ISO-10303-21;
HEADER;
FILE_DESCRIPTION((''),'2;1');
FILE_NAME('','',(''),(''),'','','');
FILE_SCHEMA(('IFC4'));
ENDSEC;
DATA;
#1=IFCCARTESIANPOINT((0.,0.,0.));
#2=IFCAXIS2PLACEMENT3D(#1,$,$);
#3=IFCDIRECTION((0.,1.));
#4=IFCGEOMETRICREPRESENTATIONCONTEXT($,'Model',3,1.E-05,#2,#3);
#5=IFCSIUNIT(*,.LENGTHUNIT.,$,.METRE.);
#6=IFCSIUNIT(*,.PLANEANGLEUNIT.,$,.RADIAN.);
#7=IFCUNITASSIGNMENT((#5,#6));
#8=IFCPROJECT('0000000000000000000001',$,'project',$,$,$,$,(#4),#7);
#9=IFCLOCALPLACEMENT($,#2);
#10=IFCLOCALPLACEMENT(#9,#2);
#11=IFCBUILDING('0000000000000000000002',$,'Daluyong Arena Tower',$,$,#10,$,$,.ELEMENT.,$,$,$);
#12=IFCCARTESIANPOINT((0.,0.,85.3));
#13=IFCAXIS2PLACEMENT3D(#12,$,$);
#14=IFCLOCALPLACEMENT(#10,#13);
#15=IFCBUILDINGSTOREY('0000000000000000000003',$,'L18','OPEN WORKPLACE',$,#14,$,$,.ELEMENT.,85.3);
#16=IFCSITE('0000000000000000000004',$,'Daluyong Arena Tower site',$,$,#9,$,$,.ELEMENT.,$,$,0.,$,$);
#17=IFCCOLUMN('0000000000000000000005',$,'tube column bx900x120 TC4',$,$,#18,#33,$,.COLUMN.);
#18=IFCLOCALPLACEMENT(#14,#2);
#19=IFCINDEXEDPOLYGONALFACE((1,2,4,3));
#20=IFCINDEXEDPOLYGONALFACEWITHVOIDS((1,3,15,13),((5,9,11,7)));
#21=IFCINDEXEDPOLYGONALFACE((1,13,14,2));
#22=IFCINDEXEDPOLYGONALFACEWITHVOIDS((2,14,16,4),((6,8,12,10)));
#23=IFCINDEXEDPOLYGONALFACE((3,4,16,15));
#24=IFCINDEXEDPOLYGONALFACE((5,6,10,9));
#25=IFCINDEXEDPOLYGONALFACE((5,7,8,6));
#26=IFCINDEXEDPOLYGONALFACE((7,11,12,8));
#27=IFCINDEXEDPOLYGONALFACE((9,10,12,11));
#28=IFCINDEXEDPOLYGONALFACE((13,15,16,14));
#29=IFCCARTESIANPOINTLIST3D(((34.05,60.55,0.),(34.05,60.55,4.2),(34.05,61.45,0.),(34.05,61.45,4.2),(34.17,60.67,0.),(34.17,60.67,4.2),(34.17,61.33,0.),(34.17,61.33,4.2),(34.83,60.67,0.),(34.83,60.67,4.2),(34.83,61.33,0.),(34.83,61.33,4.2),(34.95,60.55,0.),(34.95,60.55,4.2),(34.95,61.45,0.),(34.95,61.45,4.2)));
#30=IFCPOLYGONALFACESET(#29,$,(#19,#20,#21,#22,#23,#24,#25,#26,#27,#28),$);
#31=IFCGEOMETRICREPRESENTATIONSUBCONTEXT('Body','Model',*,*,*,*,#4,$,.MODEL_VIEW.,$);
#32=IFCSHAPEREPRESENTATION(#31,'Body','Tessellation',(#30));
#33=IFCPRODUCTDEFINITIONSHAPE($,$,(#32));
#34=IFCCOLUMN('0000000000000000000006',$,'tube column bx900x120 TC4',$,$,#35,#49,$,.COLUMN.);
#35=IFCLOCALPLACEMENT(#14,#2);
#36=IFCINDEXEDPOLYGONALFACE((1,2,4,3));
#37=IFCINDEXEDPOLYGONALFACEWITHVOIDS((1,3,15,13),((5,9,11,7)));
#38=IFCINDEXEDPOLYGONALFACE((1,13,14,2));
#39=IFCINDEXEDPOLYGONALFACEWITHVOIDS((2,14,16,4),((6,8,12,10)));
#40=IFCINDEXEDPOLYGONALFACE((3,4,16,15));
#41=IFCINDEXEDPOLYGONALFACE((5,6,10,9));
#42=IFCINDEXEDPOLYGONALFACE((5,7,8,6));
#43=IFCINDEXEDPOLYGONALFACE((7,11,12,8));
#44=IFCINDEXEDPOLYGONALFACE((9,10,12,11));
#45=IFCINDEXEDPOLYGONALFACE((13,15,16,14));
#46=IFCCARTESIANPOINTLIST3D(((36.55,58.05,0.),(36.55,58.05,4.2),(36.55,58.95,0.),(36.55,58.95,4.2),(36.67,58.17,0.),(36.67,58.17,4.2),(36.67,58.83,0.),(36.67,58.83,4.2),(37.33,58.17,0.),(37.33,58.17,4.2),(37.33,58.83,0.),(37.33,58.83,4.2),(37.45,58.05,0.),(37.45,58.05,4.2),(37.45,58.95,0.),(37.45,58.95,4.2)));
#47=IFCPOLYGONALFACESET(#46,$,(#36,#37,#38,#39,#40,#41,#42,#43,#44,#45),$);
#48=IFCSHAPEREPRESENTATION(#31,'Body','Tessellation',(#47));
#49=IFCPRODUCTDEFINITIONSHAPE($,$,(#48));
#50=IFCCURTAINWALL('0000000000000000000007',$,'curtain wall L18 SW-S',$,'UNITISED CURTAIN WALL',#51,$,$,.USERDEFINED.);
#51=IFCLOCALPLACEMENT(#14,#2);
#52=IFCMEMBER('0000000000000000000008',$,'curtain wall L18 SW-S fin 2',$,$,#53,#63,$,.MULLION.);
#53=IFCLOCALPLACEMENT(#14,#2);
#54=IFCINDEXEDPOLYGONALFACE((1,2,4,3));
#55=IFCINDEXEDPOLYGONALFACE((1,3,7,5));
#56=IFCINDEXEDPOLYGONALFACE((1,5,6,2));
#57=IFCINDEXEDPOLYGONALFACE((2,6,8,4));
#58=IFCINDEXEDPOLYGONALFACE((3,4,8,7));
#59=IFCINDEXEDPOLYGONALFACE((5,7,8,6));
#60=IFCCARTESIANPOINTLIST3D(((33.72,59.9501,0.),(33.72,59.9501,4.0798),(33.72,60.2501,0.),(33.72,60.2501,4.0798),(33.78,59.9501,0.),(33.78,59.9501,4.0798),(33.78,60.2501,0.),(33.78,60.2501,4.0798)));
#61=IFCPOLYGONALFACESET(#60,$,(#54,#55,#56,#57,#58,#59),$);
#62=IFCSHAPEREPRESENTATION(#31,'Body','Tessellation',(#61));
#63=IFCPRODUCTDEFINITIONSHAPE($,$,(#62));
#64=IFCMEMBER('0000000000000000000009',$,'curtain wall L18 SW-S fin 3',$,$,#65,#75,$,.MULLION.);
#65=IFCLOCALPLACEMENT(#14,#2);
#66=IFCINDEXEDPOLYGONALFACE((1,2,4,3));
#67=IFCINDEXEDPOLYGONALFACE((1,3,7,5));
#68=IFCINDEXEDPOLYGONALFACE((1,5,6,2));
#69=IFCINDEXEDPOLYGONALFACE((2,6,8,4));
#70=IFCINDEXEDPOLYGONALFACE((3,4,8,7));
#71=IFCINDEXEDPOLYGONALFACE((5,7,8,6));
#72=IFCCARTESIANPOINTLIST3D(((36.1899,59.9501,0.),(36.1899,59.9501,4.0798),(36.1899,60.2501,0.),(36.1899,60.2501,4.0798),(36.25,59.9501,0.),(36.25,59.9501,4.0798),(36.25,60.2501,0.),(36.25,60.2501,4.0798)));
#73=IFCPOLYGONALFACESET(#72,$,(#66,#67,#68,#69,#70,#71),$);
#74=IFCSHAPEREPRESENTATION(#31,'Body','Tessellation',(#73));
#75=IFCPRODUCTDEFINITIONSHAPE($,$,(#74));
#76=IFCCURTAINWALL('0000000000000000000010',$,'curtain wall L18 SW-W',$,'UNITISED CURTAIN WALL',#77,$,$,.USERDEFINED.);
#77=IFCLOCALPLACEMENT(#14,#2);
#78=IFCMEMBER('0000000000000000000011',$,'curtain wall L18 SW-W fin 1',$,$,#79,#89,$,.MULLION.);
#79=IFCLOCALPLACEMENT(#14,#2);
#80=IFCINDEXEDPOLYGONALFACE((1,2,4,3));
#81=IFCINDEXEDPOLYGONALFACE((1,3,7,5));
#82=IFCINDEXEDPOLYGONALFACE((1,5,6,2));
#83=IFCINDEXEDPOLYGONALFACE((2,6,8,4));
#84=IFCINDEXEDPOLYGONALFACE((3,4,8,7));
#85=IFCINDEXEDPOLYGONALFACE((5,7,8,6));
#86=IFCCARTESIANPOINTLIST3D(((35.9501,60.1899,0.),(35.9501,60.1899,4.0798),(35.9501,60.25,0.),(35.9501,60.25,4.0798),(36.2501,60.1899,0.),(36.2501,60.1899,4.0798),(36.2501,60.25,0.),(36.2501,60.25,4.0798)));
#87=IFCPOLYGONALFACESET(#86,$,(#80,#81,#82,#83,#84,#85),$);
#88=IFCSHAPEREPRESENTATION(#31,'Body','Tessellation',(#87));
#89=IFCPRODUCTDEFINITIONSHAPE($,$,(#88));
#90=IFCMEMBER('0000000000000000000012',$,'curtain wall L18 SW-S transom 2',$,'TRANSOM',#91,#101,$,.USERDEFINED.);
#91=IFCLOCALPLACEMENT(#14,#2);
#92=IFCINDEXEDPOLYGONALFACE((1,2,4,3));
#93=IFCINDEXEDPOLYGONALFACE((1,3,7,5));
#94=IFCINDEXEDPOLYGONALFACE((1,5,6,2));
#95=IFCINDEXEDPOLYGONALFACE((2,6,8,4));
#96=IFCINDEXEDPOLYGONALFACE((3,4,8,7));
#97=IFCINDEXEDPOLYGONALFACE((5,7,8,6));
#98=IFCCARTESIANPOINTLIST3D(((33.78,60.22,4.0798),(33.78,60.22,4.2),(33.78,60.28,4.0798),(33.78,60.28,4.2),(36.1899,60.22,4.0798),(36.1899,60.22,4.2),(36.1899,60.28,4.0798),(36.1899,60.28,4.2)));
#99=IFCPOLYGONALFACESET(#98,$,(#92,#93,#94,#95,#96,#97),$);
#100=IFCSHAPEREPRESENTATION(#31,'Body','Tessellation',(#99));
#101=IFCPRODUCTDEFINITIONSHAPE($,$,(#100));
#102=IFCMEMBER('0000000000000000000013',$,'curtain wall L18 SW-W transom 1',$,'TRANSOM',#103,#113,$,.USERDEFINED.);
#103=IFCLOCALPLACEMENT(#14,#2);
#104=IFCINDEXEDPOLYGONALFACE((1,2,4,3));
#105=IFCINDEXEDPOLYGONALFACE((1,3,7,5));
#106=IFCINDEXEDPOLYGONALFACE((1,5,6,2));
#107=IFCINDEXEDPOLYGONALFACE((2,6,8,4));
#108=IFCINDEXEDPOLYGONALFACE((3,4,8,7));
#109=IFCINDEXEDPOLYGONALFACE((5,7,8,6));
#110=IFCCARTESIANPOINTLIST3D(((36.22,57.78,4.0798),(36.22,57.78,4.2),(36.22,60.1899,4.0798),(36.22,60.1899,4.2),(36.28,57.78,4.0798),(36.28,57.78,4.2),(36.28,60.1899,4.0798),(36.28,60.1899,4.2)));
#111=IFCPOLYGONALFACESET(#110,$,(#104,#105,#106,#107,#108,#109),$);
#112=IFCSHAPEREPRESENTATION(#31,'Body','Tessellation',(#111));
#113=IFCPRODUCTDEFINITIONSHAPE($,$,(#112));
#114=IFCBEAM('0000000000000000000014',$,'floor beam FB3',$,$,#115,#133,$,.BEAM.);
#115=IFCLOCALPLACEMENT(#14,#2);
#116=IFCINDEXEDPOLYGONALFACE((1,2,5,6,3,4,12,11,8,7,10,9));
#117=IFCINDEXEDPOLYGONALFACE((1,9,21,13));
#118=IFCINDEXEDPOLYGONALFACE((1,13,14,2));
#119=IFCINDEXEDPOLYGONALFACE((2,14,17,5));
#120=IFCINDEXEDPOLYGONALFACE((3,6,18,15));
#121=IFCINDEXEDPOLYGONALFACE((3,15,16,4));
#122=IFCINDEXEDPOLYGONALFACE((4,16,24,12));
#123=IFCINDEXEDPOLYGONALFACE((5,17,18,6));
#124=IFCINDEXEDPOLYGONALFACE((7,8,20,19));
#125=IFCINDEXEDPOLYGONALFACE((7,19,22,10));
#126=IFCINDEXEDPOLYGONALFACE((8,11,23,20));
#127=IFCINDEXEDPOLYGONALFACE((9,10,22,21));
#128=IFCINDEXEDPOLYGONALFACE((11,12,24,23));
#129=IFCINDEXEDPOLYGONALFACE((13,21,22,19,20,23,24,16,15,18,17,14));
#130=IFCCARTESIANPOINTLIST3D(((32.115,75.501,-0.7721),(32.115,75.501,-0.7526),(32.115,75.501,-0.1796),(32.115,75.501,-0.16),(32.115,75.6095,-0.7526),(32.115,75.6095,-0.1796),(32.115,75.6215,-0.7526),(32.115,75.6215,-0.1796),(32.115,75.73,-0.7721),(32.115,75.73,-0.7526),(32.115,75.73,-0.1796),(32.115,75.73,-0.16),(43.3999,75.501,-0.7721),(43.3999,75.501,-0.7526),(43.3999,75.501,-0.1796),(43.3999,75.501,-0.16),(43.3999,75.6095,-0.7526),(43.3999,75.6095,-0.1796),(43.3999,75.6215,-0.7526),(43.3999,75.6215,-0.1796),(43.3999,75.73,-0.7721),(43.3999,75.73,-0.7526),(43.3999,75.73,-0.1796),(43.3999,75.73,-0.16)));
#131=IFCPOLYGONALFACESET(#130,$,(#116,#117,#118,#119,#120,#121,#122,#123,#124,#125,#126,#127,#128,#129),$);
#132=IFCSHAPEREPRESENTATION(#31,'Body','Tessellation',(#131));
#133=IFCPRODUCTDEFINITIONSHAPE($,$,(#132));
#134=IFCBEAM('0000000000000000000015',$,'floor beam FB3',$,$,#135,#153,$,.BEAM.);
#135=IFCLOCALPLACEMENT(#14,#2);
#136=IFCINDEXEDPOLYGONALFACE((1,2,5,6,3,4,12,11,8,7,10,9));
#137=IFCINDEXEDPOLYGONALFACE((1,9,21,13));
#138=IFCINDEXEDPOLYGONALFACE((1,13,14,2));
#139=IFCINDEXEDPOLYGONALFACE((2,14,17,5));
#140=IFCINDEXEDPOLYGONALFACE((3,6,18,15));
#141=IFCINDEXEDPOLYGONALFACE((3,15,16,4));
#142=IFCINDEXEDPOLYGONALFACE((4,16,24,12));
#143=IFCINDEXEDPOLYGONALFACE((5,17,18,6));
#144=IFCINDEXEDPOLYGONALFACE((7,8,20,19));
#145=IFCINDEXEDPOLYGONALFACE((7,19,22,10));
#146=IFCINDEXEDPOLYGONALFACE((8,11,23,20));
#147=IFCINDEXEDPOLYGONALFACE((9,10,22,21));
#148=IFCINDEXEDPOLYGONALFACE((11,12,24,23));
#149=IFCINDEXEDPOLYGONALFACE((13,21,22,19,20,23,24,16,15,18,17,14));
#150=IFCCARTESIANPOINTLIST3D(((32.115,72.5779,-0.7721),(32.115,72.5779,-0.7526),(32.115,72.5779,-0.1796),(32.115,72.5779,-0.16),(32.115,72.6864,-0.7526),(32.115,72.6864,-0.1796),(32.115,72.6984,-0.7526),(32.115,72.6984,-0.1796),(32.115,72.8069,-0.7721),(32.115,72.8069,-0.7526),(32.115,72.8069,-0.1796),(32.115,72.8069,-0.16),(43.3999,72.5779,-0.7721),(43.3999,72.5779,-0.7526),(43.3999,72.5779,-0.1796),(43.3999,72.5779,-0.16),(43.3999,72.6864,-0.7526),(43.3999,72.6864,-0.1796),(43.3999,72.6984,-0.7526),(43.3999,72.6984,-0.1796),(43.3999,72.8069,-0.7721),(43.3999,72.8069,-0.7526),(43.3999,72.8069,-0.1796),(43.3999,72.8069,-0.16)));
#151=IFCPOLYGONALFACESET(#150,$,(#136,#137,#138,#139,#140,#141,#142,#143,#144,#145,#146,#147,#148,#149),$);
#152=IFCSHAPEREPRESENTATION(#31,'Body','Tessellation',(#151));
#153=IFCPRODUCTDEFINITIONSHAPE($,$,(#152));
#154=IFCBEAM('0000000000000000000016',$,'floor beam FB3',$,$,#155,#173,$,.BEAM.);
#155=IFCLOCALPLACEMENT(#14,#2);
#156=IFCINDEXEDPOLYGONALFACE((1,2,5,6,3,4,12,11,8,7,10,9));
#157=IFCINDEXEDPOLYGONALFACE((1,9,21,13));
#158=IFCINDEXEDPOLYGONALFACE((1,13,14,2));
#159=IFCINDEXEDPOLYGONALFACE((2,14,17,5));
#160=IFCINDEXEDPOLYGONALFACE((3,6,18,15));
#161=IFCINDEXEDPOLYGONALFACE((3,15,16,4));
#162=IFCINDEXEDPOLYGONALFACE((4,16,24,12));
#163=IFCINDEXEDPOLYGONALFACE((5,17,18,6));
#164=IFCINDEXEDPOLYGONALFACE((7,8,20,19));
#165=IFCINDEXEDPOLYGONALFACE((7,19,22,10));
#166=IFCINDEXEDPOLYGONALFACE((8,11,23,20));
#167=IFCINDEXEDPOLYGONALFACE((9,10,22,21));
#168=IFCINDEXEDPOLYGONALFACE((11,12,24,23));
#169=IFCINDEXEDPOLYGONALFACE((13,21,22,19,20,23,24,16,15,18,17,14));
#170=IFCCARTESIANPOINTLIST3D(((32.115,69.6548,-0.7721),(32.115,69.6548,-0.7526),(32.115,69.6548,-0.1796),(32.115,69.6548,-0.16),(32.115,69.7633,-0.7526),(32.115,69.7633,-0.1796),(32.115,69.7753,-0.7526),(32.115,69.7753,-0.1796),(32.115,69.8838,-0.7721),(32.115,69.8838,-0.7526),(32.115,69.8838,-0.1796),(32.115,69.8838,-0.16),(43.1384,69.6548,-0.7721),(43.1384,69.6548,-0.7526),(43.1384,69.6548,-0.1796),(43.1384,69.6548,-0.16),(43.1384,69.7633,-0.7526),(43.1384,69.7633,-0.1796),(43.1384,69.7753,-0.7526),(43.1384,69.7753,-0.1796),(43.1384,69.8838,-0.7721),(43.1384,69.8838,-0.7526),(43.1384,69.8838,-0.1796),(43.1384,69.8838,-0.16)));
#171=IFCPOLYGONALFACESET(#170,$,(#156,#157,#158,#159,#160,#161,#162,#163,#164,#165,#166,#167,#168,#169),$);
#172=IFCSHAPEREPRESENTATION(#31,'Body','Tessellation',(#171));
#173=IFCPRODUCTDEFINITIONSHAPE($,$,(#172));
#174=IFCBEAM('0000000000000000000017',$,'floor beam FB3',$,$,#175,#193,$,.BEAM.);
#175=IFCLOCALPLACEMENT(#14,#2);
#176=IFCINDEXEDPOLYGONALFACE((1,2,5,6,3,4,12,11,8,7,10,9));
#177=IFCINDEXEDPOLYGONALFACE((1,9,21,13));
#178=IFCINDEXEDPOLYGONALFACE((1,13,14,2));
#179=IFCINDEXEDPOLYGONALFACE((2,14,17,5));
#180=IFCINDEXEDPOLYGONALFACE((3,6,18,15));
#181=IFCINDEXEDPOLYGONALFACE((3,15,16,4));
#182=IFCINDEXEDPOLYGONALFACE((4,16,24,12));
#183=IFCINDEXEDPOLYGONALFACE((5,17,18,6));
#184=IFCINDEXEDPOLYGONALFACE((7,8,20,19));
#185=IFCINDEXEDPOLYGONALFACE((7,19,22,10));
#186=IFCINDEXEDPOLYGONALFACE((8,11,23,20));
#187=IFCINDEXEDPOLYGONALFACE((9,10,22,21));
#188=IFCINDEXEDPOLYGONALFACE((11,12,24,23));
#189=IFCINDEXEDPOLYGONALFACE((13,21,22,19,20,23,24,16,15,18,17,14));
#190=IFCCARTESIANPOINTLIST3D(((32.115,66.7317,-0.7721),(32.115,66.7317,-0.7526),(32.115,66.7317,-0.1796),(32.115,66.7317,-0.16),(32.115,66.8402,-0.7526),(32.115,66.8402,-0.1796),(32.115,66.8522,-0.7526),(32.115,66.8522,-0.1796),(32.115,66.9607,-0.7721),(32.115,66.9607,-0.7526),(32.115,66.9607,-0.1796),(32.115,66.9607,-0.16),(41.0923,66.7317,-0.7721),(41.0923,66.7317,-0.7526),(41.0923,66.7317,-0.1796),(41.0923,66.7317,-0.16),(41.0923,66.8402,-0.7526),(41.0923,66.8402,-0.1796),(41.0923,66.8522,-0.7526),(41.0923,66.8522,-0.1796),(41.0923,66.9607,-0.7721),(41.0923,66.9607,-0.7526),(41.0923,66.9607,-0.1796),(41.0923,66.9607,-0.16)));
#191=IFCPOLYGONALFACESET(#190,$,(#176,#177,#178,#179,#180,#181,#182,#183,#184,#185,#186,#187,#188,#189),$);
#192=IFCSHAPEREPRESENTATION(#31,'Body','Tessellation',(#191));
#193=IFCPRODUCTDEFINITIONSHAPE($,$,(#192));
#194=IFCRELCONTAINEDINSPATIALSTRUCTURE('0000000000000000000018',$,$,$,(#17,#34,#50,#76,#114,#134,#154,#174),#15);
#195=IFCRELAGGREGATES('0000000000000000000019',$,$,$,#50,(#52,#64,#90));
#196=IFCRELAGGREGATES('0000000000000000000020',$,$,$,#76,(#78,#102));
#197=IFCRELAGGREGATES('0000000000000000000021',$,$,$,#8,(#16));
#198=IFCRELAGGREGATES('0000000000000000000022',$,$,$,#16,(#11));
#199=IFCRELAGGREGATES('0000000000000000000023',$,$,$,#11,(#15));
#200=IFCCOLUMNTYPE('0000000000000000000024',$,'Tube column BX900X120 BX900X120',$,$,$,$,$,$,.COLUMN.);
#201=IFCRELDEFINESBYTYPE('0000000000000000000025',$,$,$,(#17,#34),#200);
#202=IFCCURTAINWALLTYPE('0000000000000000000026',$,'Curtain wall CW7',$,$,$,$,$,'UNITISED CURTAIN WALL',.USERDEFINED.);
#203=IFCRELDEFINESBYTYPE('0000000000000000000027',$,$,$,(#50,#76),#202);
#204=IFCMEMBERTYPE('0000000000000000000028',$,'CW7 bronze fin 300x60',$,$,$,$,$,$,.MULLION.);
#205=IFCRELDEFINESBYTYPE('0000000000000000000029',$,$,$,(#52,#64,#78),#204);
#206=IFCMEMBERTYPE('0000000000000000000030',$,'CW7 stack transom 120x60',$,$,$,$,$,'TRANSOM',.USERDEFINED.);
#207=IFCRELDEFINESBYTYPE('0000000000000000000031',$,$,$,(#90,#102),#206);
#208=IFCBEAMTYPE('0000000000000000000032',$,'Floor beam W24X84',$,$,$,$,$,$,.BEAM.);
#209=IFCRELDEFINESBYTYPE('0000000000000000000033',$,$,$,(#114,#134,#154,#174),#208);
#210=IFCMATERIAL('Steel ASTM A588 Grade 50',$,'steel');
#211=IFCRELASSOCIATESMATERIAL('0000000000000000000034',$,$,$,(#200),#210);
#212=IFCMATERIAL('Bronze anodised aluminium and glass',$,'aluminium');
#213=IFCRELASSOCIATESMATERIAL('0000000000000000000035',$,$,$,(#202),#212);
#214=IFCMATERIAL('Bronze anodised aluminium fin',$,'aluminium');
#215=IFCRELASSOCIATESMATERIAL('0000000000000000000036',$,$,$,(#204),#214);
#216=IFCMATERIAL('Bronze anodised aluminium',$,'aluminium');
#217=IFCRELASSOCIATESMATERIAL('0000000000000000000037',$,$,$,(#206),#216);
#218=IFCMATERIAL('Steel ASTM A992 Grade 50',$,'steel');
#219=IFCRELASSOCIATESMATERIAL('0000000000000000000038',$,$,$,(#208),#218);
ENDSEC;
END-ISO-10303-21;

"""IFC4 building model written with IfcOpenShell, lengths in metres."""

from ifc_helpers import new_model, si_unit, direction, frame, origin, origin_2d, place, context, subcontext, project, spatial, rectangle, hollow_rectangle, i_section, extrude, material, material_profile, profile_set, type_object, element, aggregate, save


model = new_model("IFC4")

# Units and contexts
model_context = context("Model", 3, precision=1e-05, world=origin(), true_north=direction((0.0, 1.0)))
body_context = subcontext(model_context, "Body", "Model", "MODEL_VIEW")
ifc_project = project(units=[si_unit("LENGTHUNIT", "METRE"), si_unit("PLANEANGLEUNIT", "RADIAN")], contexts=[model_context])

# Site, building, storey
site_placement = place(None, origin())
site = spatial("IfcSite", under=ifc_project, at=site_placement, Name="Daluyong Arena Tower site", CompositionType="ELEMENT", RefElevation=0.0)
building_placement = place(site_placement, origin())
building = spatial("IfcBuilding", under=site, at=building_placement, Name="Daluyong Arena Tower", CompositionType="ELEMENT")
storey_placement = place(building_placement, frame((0.0, 0.0, 85.3)))
storey = spatial("IfcBuildingStorey", under=building, at=storey_placement, Name="L18", Description="OPEN WORKPLACE", CompositionType="ELEMENT", Elevation=85.3)

# Columns
ifc_material_1 = material(Name="Steel ASTM A588 Grade 50", Category="steel")
ifc_material_profile_1 = material_profile(ifc_material_1, hollow_rectangle(XDim=0.8999, YDim=0.8999, WallThickness=0.12, at=origin_2d()))
ifc_profile_set_1 = profile_set([ifc_material_profile_1], Name="Steel ASTM A588 Grade 50")
column_type = type_object("IfcColumnType", Name="Tube column BX900X120 BX900X120", PredefinedType="COLUMN", material=ifc_profile_set_1)
for number, where, z_axis, x_axis, name in (
    (1, (34.5, 61.0, 0.0), (0.0, 0.0, 1.0), (1.0, 0.0, 0.0), "tube column bx900x120 TC4"),
    (2, (37.0, 58.5, 0.0), (0.0, 0.0, 1.0), (0.0, 1.0, 0.0), "tube column bx900x120 TC4"),
):
    element("IfcColumn", number, at=place(storey_placement, frame(where, z_axis=z_axis, x_axis=x_axis)), inside=storey, type_object=column_type, Name=name, PredefinedType="COLUMN", context=body_context, shape_type="SweptSolid", body=[
        extrude(hollow_rectangle(XDim=0.8999, YDim=0.8999, WallThickness=0.12, at=origin_2d()), origin(), (0.0, 0.0, 1.0), 4.2),
    ])

# Curtain wall, members
ifc_material_2 = material(Name="Bronze anodised aluminium and glass", Category="aluminium")
curtain_wall_type = type_object("IfcCurtainWallType", Name="Curtain wall CW7", ElementType="UNITISED CURTAIN WALL", PredefinedType="USERDEFINED", material=ifc_material_2)
curtain_wall_1_placement = place(storey_placement, origin())
curtain_wall_1 = element("IfcCurtainWall", 3, at=curtain_wall_1_placement, inside=storey, type_object=curtain_wall_type, Name="curtain wall L18 SW-S", ObjectType="UNITISED CURTAIN WALL", PredefinedType="USERDEFINED")
ifc_material_3 = material(Name="Bronze anodised aluminium fin", Category="aluminium")
ifc_material_profile_2 = material_profile(ifc_material_3, rectangle(XDim=0.3, YDim=0.0601, at=origin_2d()))
ifc_profile_set_2 = profile_set([ifc_material_profile_2], Name="Bronze anodised aluminium fin")
member_type_1 = type_object("IfcMemberType", Name="CW7 bronze fin 300x60", PredefinedType="MULLION", material=ifc_profile_set_2)
member_1_placement = place(storey_placement, frame((33.75, 60.1001, 0.0), z_axis=(0.0, 0.0, 1.0), x_axis=(0.0, 1.0, 0.0)))
member_1 = element("IfcMember", 4, at=member_1_placement, type_object=member_type_1, Name="curtain wall L18 SW-S fin 2", PredefinedType="MULLION", context=body_context, shape_type="SweptSolid", body=[
    extrude(rectangle(XDim=0.3, YDim=0.0601, at=origin_2d()), origin(), (0.0, 0.0, 1.0), 4.0798),
])
member_2_placement = place(storey_placement, frame((36.22, 60.1001, 0.0), z_axis=(0.0, 0.0, 1.0), x_axis=(0.0, 1.0, 0.0)))
member_2 = element("IfcMember", 5, at=member_2_placement, type_object=member_type_1, Name="curtain wall L18 SW-S fin 3", PredefinedType="MULLION", context=body_context, shape_type="SweptSolid", body=[
    extrude(rectangle(XDim=0.3, YDim=0.0601, at=origin_2d()), origin(), (0.0, 0.0, 1.0), 4.0798),
])

# Curtain wall, member
curtain_wall_2_placement = place(storey_placement, origin())
curtain_wall_2 = element("IfcCurtainWall", 6, at=curtain_wall_2_placement, inside=storey, type_object=curtain_wall_type, Name="curtain wall L18 SW-W", ObjectType="UNITISED CURTAIN WALL", PredefinedType="USERDEFINED")
member_3_placement = place(storey_placement, frame((36.1001, 60.22, 0.0), z_axis=(0.0, 0.0, 1.0), x_axis=(1.0, 0.0, 0.0)))
member_3 = element("IfcMember", 7, at=member_3_placement, type_object=member_type_1, Name="curtain wall L18 SW-W fin 1", PredefinedType="MULLION", context=body_context, shape_type="SweptSolid", body=[
    extrude(rectangle(XDim=0.3, YDim=0.0601, at=origin_2d()), origin(), (0.0, 0.0, 1.0), 4.0798),
])

# Members
ifc_material_4 = material(Name="Bronze anodised aluminium", Category="aluminium")
ifc_material_profile_3 = material_profile(ifc_material_4, rectangle(XDim=0.0601, YDim=0.1201, at=origin_2d()))
ifc_profile_set_3 = profile_set([ifc_material_profile_3], Name="Bronze anodised aluminium")
member_type_2 = type_object("IfcMemberType", Name="CW7 stack transom 120x60", ElementType="TRANSOM", PredefinedType="USERDEFINED", material=ifc_profile_set_3)
member_4_placement = place(storey_placement, frame((33.78, 60.25, 4.1399), z_axis=(1.0, 0.0, 0.0), x_axis=(0.0, 1.0, 0.0)))
member_4 = element("IfcMember", 8, at=member_4_placement, type_object=member_type_2, Name="curtain wall L18 SW-S transom 2", ObjectType="TRANSOM", PredefinedType="USERDEFINED", context=body_context, shape_type="SweptSolid", body=[
    extrude(rectangle(XDim=0.0601, YDim=0.1201, at=origin_2d()), origin(), (0.0, 0.0, 1.0), 2.4099),
])
member_5_placement = place(storey_placement, frame((36.25, 60.1899, 4.1399), z_axis=(0.0, -1.0, 0.0), x_axis=(1.0, 0.0, 0.0)))
member_5 = element("IfcMember", 9, at=member_5_placement, type_object=member_type_2, Name="curtain wall L18 SW-W transom 1", ObjectType="TRANSOM", PredefinedType="USERDEFINED", context=body_context, shape_type="SweptSolid", body=[
    extrude(rectangle(XDim=0.0601, YDim=0.1201, at=origin_2d()), origin(), (0.0, 0.0, 1.0), 2.4099),
])

# Beams
ifc_material_5 = material(Name="Steel ASTM A992 Grade 50", Category="steel")
ifc_material_profile_4 = material_profile(ifc_material_5, i_section(OverallWidth=0.229, OverallDepth=0.6121, WebThickness=0.012, FlangeThickness=0.0195, at=origin_2d()))
ifc_profile_set_4 = profile_set([ifc_material_profile_4], Name="Steel ASTM A992 Grade 50")
beam_type_1 = type_object("IfcBeamType", Name="Floor beam W24X84", PredefinedType="BEAM", material=ifc_profile_set_4)
for number, where, z_axis, x_axis, name in (
    (10, (32.115, 75.6155, -0.4661), (1.0, 0.0, 0.0), (0.0, 1.0, 0.0), "floor beam FB3"),
    (11, (32.115, 72.6924, -0.4661), (1.0, 0.0, 0.0), (0.0, 1.0, 0.0), "floor beam FB3"),
):
    element("IfcBeam", number, at=place(storey_placement, frame(where, z_axis=z_axis, x_axis=x_axis)), inside=storey, type_object=beam_type_1, Name=name, PredefinedType="BEAM", context=body_context, shape_type="SweptSolid", body=[
        extrude(i_section(OverallWidth=0.229, OverallDepth=0.6121, WebThickness=0.012, FlangeThickness=0.0195, at=origin_2d()), origin(), (0.0, 0.0, 1.0), 11.2849),
    ])
beam_1_placement = place(storey_placement, frame((32.115, 69.7693, -0.4661), z_axis=(1.0, 0.0, 0.0), x_axis=(0.0, 1.0, 0.0)))
element("IfcBeam", 12, at=beam_1_placement, inside=storey, type_object=beam_type_1, Name="floor beam FB3", PredefinedType="BEAM", context=body_context, shape_type="SweptSolid", body=[
    extrude(i_section(OverallWidth=0.229, OverallDepth=0.6121, WebThickness=0.012, FlangeThickness=0.0195, at=origin_2d()), origin(), (0.0, 0.0, 1.0), 11.0234),
])
beam_2_placement = place(storey_placement, frame((32.115, 66.8462, -0.4661), z_axis=(1.0, 0.0, 0.0), x_axis=(0.0, 1.0, 0.0)))
element("IfcBeam", 13, at=beam_2_placement, inside=storey, type_object=beam_type_1, Name="floor beam FB3", PredefinedType="BEAM", context=body_context, shape_type="SweptSolid", body=[
    extrude(i_section(OverallWidth=0.229, OverallDepth=0.6121, WebThickness=0.012, FlangeThickness=0.0195, at=origin_2d()), origin(), (0.0, 0.0, 1.0), 8.9773),
])

aggregate(curtain_wall_1, [member_1, member_2, member_4])
aggregate(curtain_wall_2, [member_3, member_5])

save(model, "model.ifc")
